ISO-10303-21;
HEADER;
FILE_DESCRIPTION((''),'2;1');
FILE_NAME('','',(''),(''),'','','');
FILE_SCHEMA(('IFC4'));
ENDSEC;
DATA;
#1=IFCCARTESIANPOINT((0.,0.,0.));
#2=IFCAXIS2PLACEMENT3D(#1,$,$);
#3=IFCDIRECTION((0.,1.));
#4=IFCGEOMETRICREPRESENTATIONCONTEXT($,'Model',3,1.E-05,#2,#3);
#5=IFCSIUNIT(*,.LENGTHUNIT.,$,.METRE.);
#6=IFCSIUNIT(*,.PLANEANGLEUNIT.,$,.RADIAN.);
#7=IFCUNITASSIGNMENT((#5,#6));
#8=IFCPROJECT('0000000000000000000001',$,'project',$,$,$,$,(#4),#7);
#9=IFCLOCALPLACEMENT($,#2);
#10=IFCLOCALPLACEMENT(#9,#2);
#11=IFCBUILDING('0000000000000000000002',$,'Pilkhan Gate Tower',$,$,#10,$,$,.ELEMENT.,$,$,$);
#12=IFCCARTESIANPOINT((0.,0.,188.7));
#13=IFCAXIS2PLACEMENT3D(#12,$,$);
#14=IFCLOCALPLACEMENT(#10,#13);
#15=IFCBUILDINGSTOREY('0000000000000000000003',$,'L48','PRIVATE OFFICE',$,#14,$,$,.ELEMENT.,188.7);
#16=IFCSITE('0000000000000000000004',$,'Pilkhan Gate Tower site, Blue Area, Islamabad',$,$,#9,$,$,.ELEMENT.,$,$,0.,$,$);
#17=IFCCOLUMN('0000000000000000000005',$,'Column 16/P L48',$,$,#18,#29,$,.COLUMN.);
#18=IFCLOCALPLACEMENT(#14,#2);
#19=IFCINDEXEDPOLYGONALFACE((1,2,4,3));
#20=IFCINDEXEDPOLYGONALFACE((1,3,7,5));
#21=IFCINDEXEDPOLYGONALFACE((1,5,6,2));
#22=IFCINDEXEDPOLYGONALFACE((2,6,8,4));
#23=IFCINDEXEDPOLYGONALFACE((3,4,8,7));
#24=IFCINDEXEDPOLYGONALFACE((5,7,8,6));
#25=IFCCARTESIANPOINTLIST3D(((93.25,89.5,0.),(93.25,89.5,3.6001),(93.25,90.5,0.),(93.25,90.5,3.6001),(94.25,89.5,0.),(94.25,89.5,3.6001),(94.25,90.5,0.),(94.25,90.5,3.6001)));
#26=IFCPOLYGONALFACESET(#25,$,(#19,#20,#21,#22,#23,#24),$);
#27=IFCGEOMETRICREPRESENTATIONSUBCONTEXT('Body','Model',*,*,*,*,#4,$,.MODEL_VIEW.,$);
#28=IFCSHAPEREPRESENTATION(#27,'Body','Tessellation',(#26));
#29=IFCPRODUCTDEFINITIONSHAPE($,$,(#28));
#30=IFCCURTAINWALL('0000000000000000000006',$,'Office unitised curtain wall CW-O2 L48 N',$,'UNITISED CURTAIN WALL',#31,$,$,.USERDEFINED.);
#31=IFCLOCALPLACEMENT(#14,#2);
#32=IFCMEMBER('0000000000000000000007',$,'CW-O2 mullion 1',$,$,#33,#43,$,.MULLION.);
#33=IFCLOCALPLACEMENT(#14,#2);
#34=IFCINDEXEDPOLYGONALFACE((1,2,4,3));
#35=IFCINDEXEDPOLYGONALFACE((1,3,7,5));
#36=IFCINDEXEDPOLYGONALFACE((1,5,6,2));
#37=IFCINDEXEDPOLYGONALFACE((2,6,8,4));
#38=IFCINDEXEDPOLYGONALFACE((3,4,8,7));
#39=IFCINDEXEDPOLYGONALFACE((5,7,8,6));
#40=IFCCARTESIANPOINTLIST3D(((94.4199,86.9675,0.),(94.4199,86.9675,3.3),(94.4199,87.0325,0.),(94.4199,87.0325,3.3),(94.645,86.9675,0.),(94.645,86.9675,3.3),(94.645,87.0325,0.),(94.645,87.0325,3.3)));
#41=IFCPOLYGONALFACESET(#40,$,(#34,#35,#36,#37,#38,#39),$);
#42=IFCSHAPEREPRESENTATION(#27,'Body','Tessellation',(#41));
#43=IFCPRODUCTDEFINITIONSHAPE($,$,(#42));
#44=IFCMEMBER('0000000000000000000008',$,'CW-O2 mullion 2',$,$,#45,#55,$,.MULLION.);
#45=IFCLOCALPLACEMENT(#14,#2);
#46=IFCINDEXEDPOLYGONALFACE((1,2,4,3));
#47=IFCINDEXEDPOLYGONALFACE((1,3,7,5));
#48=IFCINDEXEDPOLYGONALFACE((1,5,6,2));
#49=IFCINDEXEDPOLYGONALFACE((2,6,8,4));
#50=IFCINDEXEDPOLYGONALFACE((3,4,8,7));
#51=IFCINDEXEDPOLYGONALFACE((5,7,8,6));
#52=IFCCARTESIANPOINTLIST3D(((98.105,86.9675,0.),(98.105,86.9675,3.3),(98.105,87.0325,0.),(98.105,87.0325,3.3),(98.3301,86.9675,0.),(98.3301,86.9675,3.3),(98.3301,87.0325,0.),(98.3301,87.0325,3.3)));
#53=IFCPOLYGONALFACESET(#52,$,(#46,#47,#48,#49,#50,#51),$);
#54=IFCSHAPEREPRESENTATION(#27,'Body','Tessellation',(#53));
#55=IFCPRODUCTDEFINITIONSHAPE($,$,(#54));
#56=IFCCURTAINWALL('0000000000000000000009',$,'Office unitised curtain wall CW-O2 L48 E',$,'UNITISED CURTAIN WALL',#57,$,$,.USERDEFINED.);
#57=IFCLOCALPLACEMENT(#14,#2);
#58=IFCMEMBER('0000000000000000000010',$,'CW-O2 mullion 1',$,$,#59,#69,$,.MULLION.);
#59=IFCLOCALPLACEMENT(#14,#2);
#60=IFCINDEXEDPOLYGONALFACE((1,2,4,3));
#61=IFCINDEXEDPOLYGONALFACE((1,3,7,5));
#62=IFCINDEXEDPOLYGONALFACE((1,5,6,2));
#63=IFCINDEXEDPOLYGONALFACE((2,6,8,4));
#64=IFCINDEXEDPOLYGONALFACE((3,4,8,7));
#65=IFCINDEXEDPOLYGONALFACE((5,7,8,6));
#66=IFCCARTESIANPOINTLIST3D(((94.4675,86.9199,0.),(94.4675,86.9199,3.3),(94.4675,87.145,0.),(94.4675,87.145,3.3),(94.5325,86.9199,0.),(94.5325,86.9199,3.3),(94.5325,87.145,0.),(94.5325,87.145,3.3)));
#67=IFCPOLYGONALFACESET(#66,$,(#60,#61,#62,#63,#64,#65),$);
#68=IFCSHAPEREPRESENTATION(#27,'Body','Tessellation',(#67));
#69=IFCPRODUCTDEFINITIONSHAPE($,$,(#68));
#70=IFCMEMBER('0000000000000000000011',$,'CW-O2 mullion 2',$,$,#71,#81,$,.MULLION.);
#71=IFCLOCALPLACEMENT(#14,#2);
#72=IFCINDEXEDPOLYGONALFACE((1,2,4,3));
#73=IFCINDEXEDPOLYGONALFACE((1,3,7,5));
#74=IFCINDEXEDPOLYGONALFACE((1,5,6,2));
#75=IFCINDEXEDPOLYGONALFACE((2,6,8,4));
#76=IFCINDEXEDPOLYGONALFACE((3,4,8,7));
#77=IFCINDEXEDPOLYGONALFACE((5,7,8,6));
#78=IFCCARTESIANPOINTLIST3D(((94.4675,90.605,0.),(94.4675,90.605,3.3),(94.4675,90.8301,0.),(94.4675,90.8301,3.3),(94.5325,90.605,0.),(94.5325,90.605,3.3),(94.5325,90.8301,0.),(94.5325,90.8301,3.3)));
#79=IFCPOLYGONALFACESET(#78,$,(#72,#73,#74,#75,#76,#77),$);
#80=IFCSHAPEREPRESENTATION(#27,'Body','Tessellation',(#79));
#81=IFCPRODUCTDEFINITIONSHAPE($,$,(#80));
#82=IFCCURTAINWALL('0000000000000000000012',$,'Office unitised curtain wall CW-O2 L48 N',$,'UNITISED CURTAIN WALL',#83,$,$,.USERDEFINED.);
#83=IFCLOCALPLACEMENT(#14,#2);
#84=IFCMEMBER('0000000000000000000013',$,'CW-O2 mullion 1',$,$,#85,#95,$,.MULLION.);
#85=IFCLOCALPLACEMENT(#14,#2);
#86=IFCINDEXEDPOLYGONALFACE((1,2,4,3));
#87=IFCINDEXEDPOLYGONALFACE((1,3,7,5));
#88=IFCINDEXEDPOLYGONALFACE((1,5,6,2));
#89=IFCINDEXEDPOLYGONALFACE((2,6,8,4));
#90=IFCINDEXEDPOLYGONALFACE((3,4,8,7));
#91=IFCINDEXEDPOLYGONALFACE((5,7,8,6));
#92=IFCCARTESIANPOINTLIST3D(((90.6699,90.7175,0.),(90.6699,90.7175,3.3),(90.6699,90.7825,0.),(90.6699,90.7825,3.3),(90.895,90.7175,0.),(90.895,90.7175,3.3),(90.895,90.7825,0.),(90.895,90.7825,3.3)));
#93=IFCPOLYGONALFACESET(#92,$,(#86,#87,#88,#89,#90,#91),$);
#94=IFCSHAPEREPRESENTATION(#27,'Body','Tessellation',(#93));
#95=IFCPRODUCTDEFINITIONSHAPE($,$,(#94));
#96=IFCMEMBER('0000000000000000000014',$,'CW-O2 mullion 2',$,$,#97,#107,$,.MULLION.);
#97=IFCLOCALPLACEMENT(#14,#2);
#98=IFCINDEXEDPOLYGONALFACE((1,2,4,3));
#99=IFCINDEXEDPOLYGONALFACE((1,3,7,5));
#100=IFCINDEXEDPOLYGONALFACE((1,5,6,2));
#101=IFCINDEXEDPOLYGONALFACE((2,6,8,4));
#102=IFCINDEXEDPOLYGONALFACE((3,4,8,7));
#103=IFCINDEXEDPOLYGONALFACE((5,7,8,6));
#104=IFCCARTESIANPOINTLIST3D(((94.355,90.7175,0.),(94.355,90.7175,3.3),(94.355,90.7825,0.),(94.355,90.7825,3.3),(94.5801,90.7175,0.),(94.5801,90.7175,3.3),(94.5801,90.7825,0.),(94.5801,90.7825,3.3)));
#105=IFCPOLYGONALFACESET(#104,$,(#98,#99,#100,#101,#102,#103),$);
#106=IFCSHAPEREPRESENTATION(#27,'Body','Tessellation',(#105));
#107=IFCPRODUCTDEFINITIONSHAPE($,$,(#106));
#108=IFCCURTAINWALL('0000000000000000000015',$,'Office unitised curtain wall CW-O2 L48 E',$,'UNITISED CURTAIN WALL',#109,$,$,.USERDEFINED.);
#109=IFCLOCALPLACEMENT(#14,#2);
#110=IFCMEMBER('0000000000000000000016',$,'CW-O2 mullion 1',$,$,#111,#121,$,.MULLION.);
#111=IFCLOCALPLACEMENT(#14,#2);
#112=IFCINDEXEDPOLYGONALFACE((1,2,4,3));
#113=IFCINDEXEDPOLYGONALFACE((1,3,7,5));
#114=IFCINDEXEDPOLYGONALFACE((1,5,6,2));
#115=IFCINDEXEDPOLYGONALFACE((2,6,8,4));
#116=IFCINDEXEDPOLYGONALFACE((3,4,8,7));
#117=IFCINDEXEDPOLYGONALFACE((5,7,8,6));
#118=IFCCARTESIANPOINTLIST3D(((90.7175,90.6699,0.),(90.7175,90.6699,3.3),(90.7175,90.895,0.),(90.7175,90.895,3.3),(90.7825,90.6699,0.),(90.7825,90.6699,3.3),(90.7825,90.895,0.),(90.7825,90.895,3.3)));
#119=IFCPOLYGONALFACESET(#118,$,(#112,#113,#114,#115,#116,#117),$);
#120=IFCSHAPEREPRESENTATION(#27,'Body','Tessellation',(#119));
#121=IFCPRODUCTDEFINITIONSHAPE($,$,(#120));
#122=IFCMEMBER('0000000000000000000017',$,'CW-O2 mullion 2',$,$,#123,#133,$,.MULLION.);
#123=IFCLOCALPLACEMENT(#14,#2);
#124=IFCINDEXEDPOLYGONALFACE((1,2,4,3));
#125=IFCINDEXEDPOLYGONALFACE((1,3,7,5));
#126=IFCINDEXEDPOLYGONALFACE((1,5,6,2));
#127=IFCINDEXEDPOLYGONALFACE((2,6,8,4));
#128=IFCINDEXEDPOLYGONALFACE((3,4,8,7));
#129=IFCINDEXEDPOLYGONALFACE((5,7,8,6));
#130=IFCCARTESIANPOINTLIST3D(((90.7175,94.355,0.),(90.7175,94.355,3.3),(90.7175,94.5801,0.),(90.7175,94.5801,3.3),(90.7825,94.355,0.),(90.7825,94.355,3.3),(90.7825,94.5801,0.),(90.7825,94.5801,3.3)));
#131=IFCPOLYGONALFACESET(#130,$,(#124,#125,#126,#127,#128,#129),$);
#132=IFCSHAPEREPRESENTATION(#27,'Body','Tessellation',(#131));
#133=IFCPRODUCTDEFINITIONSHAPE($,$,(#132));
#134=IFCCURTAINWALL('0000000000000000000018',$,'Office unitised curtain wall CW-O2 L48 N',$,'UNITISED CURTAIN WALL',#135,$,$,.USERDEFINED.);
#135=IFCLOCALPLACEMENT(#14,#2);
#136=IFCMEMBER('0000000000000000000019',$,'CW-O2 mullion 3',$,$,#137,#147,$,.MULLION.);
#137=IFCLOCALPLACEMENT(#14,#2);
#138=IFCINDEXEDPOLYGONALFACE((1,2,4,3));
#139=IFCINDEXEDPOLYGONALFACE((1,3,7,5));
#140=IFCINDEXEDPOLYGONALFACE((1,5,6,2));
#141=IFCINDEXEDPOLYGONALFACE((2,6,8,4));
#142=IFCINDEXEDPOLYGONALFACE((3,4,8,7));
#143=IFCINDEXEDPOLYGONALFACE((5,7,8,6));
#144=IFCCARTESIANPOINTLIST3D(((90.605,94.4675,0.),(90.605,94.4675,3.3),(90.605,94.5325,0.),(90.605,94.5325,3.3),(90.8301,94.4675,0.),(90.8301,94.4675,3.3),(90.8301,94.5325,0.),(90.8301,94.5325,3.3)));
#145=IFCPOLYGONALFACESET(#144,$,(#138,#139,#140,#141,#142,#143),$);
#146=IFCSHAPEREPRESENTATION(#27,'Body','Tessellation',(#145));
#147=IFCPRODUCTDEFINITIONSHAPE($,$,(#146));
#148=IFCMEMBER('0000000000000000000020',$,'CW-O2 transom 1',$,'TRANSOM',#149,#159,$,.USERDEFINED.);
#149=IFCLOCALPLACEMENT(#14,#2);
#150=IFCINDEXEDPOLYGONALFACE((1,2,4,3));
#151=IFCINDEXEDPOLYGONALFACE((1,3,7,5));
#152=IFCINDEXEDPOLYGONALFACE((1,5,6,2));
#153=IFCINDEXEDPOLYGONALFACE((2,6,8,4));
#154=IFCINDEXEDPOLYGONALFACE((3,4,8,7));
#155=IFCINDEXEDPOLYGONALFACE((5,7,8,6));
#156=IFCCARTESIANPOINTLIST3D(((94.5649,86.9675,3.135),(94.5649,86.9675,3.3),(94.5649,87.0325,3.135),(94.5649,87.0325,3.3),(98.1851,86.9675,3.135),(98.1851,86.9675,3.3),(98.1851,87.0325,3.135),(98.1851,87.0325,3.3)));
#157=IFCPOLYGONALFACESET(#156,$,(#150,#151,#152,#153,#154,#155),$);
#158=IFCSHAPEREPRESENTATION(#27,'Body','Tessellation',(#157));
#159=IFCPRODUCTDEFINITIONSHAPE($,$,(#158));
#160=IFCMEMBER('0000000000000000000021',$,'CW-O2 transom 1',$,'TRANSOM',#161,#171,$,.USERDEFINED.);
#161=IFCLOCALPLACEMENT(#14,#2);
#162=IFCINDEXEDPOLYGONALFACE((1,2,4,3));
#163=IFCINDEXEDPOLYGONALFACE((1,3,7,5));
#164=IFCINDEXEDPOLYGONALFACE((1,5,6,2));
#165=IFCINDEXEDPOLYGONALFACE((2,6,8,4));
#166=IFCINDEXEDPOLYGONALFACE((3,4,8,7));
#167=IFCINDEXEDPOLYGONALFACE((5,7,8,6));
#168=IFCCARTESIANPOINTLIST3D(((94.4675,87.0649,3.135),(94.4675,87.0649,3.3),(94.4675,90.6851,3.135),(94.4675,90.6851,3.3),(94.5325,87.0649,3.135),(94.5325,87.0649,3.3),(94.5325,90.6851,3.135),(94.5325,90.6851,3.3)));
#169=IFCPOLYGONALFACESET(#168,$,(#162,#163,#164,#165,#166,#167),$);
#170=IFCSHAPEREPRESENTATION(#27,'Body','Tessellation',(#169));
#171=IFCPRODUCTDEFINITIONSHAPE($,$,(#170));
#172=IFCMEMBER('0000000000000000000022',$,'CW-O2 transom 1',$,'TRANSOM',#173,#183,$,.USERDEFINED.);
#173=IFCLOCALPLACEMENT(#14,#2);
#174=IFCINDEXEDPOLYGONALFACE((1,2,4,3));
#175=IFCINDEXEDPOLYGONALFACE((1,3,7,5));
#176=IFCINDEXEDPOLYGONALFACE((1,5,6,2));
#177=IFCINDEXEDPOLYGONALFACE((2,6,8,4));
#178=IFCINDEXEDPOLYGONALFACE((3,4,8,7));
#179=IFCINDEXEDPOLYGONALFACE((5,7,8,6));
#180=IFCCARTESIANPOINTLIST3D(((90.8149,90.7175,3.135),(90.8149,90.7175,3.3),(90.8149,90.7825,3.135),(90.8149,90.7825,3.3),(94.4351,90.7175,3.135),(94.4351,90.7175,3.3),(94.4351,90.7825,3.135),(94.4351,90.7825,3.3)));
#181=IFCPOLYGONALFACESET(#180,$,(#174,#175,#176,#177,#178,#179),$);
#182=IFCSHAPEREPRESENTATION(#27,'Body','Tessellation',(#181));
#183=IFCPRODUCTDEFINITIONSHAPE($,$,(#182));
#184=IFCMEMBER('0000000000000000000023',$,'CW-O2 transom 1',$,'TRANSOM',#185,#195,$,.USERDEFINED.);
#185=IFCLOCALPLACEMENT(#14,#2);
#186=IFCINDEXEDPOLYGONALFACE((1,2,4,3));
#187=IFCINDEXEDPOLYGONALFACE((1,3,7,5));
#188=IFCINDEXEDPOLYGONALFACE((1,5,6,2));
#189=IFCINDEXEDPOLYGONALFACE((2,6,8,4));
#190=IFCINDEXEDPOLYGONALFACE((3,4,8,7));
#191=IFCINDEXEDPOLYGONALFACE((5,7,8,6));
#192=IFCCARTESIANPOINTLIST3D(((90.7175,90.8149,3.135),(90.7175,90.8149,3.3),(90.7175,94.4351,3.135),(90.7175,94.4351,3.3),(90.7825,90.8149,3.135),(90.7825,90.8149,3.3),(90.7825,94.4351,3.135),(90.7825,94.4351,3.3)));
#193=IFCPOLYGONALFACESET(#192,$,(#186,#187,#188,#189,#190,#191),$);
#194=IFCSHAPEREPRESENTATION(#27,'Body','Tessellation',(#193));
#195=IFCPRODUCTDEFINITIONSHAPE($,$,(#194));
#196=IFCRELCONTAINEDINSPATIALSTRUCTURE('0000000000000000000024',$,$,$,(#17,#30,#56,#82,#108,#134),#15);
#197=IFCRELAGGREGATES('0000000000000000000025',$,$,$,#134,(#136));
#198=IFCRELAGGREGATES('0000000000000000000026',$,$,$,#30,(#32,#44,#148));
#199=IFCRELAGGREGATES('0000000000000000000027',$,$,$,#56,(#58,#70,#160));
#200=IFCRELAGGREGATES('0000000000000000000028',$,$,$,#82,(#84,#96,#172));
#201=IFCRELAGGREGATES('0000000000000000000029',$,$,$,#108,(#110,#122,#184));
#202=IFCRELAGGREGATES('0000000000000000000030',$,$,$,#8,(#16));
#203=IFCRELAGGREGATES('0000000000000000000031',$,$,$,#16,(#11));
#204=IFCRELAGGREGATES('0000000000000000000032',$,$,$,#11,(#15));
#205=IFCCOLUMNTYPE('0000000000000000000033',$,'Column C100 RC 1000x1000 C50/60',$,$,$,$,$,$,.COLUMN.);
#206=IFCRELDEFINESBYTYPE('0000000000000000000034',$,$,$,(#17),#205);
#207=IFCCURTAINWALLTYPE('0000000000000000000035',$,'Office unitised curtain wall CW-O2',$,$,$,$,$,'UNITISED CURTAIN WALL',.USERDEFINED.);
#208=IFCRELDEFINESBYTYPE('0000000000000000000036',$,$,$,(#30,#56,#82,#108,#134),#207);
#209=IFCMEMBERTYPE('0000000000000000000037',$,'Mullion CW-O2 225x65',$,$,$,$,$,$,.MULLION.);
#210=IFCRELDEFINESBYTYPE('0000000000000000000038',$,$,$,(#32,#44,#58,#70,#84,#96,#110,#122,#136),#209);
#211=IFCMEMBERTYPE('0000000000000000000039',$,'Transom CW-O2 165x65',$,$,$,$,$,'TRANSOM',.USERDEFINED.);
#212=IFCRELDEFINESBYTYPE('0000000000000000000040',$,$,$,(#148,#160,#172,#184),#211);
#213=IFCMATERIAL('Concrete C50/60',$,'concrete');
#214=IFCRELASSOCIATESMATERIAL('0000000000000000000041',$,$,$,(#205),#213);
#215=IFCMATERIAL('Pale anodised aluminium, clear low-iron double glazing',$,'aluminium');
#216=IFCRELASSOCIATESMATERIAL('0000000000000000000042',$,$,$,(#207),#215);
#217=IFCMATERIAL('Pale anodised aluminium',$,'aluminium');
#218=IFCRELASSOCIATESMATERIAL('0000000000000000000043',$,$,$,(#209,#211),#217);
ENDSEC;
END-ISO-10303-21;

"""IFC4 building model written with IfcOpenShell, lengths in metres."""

from ifc_helpers import new_model, si_unit, direction, frame, origin, origin_2d, place, context, subcontext, project, spatial, rectangle, extrude, material, material_profile, profile_set, type_object, element, aggregate, save


model = new_model("IFC4")

# Units and contexts
model_context = context("Model", 3, precision=1e-05, world=origin(), true_north=direction((0.0, 1.0)))
body_context = subcontext(model_context, "Body", "Model", "MODEL_VIEW")
ifc_project = project(units=[si_unit("LENGTHUNIT", "METRE"), si_unit("PLANEANGLEUNIT", "RADIAN")], contexts=[model_context])

# Site, building, storey
site_placement = place(None, origin())
site = spatial("IfcSite", under=ifc_project, at=site_placement, Name="Pilkhan Gate Tower site, Blue Area, Islamabad", CompositionType="ELEMENT", RefElevation=0.0)
building_placement = place(site_placement, origin())
building = spatial("IfcBuilding", under=site, at=building_placement, Name="Pilkhan Gate Tower", CompositionType="ELEMENT")
storey_placement = place(building_placement, frame((0.0, 0.0, 188.7)))
storey = spatial("IfcBuildingStorey", under=building, at=storey_placement, Name="L48", Description="PRIVATE OFFICE", CompositionType="ELEMENT", Elevation=188.7)

# Column
ifc_material_1 = material(Name="Concrete C50/60", Category="concrete")
ifc_material_profile_1 = material_profile(ifc_material_1, rectangle(XDim=1.0, YDim=1.0, at=origin_2d()), Name="RC 1000x1000")
ifc_profile_set_1 = profile_set([ifc_material_profile_1], Name="Concrete C50/60")
column_type = type_object("IfcColumnType", Name="Column C100 RC 1000x1000 C50/60", PredefinedType="COLUMN", material=ifc_profile_set_1)
column_placement = place(storey_placement, frame((93.75, 90.0, 0.0), z_axis=(0.0, 0.0, 1.0), x_axis=(1.0, 0.0, 0.0)))
element("IfcColumn", 1, at=column_placement, inside=storey, type_object=column_type, Name="Column 16/P L48", PredefinedType="COLUMN", context=body_context, shape_type="SweptSolid", body=[
    extrude(rectangle(XDim=1.0, YDim=1.0, at=origin_2d()), origin(), (0.0, 0.0, 1.0), 3.6001),
])

# Curtain walls, members
ifc_material_2 = material(Name="Pale anodised aluminium, clear low-iron double glazing", Category="aluminium")
curtain_wall_type = type_object("IfcCurtainWallType", Name="Office unitised curtain wall CW-O2", ElementType="UNITISED CURTAIN WALL", PredefinedType="USERDEFINED", material=ifc_material_2)
curtain_wall_1_placement = place(storey_placement, origin())
curtain_wall_1 = element("IfcCurtainWall", 2, at=curtain_wall_1_placement, inside=storey, type_object=curtain_wall_type, Name="Office unitised curtain wall CW-O2 L48 N", ObjectType="UNITISED CURTAIN WALL", PredefinedType="USERDEFINED")
ifc_material_3 = material(Name="Pale anodised aluminium", Category="aluminium")
ifc_material_profile_2 = material_profile(ifc_material_3, rectangle(XDim=0.0649, YDim=0.2251, at=origin_2d()), Name="Mullion 225x65")
ifc_profile_set_2 = profile_set([ifc_material_profile_2], Name="Pale anodised aluminium")
member_type_1 = type_object("IfcMemberType", Name="Mullion CW-O2 225x65", PredefinedType="MULLION", material=ifc_profile_set_2)
member_1_placement = place(storey_placement, frame((94.5325, 87.0, 0.0), z_axis=(0.0, 0.0, 1.0), x_axis=(0.0, 1.0, 0.0)))
member_1 = element("IfcMember", 3, at=member_1_placement, type_object=member_type_1, Name="CW-O2 mullion 1", PredefinedType="MULLION", context=body_context, shape_type="SweptSolid", body=[
    extrude(rectangle(XDim=0.0649, YDim=0.2251, at=origin_2d()), origin(), (0.0, 0.0, 1.0), 3.3),
])
member_2_placement = place(storey_placement, frame((98.2175, 87.0, 0.0), z_axis=(0.0, 0.0, 1.0), x_axis=(0.0, 1.0, 0.0)))
member_2 = element("IfcMember", 4, at=member_2_placement, type_object=member_type_1, Name="CW-O2 mullion 2", PredefinedType="MULLION", context=body_context, shape_type="SweptSolid", body=[
    extrude(rectangle(XDim=0.0649, YDim=0.2251, at=origin_2d()), origin(), (0.0, 0.0, 1.0), 3.3),
])
curtain_wall_2_placement = place(storey_placement, origin())
curtain_wall_2 = element("IfcCurtainWall", 5, at=curtain_wall_2_placement, inside=storey, type_object=curtain_wall_type, Name="Office unitised curtain wall CW-O2 L48 E", ObjectType="UNITISED CURTAIN WALL", PredefinedType="USERDEFINED")
member_3_placement = place(storey_placement, frame((94.5, 87.0325, 0.0), z_axis=(0.0, 0.0, 1.0), x_axis=(-1.0, 0.0, 0.0)))
member_3 = element("IfcMember", 6, at=member_3_placement, type_object=member_type_1, Name="CW-O2 mullion 1", PredefinedType="MULLION", context=body_context, shape_type="SweptSolid", body=[
    extrude(rectangle(XDim=0.0649, YDim=0.2251, at=origin_2d()), origin(), (0.0, 0.0, 1.0), 3.3),
])
member_4_placement = place(storey_placement, frame((94.5, 90.7175, 0.0), z_axis=(0.0, 0.0, 1.0), x_axis=(-1.0, 0.0, 0.0)))
member_4 = element("IfcMember", 7, at=member_4_placement, type_object=member_type_1, Name="CW-O2 mullion 2", PredefinedType="MULLION", context=body_context, shape_type="SweptSolid", body=[
    extrude(rectangle(XDim=0.0649, YDim=0.2251, at=origin_2d()), origin(), (0.0, 0.0, 1.0), 3.3),
])
curtain_wall_3_placement = place(storey_placement, origin())
curtain_wall_3 = element("IfcCurtainWall", 8, at=curtain_wall_3_placement, inside=storey, type_object=curtain_wall_type, Name="Office unitised curtain wall CW-O2 L48 N", ObjectType="UNITISED CURTAIN WALL", PredefinedType="USERDEFINED")
member_5_placement = place(storey_placement, frame((90.7825, 90.75, 0.0), z_axis=(0.0, 0.0, 1.0), x_axis=(0.0, 1.0, 0.0)))
member_5 = element("IfcMember", 9, at=member_5_placement, type_object=member_type_1, Name="CW-O2 mullion 1", PredefinedType="MULLION", context=body_context, shape_type="SweptSolid", body=[
    extrude(rectangle(XDim=0.0649, YDim=0.2251, at=origin_2d()), origin(), (0.0, 0.0, 1.0), 3.3),
])
member_6_placement = place(storey_placement, frame((94.4675, 90.75, 0.0), z_axis=(0.0, 0.0, 1.0), x_axis=(0.0, 1.0, 0.0)))
member_6 = element("IfcMember", 10, at=member_6_placement, type_object=member_type_1, Name="CW-O2 mullion 2", PredefinedType="MULLION", context=body_context, shape_type="SweptSolid", body=[
    extrude(rectangle(XDim=0.0649, YDim=0.2251, at=origin_2d()), origin(), (0.0, 0.0, 1.0), 3.3),
])
curtain_wall_4_placement = place(storey_placement, origin())
curtain_wall_4 = element("IfcCurtainWall", 11, at=curtain_wall_4_placement, inside=storey, type_object=curtain_wall_type, Name="Office unitised curtain wall CW-O2 L48 E", ObjectType="UNITISED CURTAIN WALL", PredefinedType="USERDEFINED")
member_7_placement = place(storey_placement, frame((90.75, 90.7825, 0.0), z_axis=(0.0, 0.0, 1.0), x_axis=(-1.0, 0.0, 0.0)))
member_7 = element("IfcMember", 12, at=member_7_placement, type_object=member_type_1, Name="CW-O2 mullion 1", PredefinedType="MULLION", context=body_context, shape_type="SweptSolid", body=[
    extrude(rectangle(XDim=0.0649, YDim=0.2251, at=origin_2d()), origin(), (0.0, 0.0, 1.0), 3.3),
])
member_8_placement = place(storey_placement, frame((90.75, 94.4675, 0.0), z_axis=(0.0, 0.0, 1.0), x_axis=(-1.0, 0.0, 0.0)))
member_8 = element("IfcMember", 13, at=member_8_placement, type_object=member_type_1, Name="CW-O2 mullion 2", PredefinedType="MULLION", context=body_context, shape_type="SweptSolid", body=[
    extrude(rectangle(XDim=0.0649, YDim=0.2251, at=origin_2d()), origin(), (0.0, 0.0, 1.0), 3.3),
])

# Curtain wall, member
curtain_wall_5_placement = place(storey_placement, origin())
curtain_wall_5 = element("IfcCurtainWall", 14, at=curtain_wall_5_placement, inside=storey, type_object=curtain_wall_type, Name="Office unitised curtain wall CW-O2 L48 N", ObjectType="UNITISED CURTAIN WALL", PredefinedType="USERDEFINED")
member_9_placement = place(storey_placement, frame((90.7175, 94.5, 0.0), z_axis=(0.0, 0.0, 1.0), x_axis=(0.0, 1.0, 0.0)))
member_9 = element("IfcMember", 15, at=member_9_placement, type_object=member_type_1, Name="CW-O2 mullion 3", PredefinedType="MULLION", context=body_context, shape_type="SweptSolid", body=[
    extrude(rectangle(XDim=0.0649, YDim=0.2251, at=origin_2d()), origin(), (0.0, 0.0, 1.0), 3.3),
])
aggregate(curtain_wall_5, [member_9])

# Members
ifc_material_profile_3 = material_profile(ifc_material_3, rectangle(XDim=0.0649, YDim=0.165, at=origin_2d()), Name="Transom 165x65")
ifc_profile_set_3 = profile_set([ifc_material_profile_3], Name="Pale anodised aluminium")
member_type_2 = type_object("IfcMemberType", Name="Transom CW-O2 165x65", ElementType="TRANSOM", PredefinedType="USERDEFINED", material=ifc_profile_set_3)
member_10_placement = place(storey_placement, frame((94.5649, 87.0, 3.2175), z_axis=(1.0, 0.0, 0.0), x_axis=(0.0, 1.0, 0.0)))
member_10 = element("IfcMember", 16, at=member_10_placement, type_object=member_type_2, Name="CW-O2 transom 1", ObjectType="TRANSOM", PredefinedType="USERDEFINED", context=body_context, shape_type="SweptSolid", body=[
    extrude(rectangle(XDim=0.0649, YDim=0.165, at=origin_2d()), origin(), (0.0, 0.0, 1.0), 3.6201),
])
member_11_placement = place(storey_placement, frame((94.5, 87.0649, 3.2175), z_axis=(0.0, 1.0, 0.0), x_axis=(-1.0, 0.0, 0.0)))
member_11 = element("IfcMember", 17, at=member_11_placement, type_object=member_type_2, Name="CW-O2 transom 1", ObjectType="TRANSOM", PredefinedType="USERDEFINED", context=body_context, shape_type="SweptSolid", body=[
    extrude(rectangle(XDim=0.0649, YDim=0.165, at=origin_2d()), origin(), (0.0, 0.0, 1.0), 3.6201),
])
member_12_placement = place(storey_placement, frame((90.8149, 90.75, 3.2175), z_axis=(1.0, 0.0, 0.0), x_axis=(0.0, 1.0, 0.0)))
member_12 = element("IfcMember", 18, at=member_12_placement, type_object=member_type_2, Name="CW-O2 transom 1", ObjectType="TRANSOM", PredefinedType="USERDEFINED", context=body_context, shape_type="SweptSolid", body=[
    extrude(rectangle(XDim=0.0649, YDim=0.165, at=origin_2d()), origin(), (0.0, 0.0, 1.0), 3.6201),
])
member_13_placement = place(storey_placement, frame((90.75, 90.8149, 3.2175), z_axis=(0.0, 1.0, 0.0), x_axis=(-1.0, 0.0, 0.0)))
member_13 = element("IfcMember", 19, at=member_13_placement, type_object=member_type_2, Name="CW-O2 transom 1", ObjectType="TRANSOM", PredefinedType="USERDEFINED", context=body_context, shape_type="SweptSolid", body=[
    extrude(rectangle(XDim=0.0649, YDim=0.165, at=origin_2d()), origin(), (0.0, 0.0, 1.0), 3.6201),
])

aggregate(curtain_wall_1, [member_1, member_2, member_10])
aggregate(curtain_wall_2, [member_3, member_4, member_11])
aggregate(curtain_wall_3, [member_5, member_6, member_12])
aggregate(curtain_wall_4, [member_7, member_8, member_13])

save(model, "model.ifc")
